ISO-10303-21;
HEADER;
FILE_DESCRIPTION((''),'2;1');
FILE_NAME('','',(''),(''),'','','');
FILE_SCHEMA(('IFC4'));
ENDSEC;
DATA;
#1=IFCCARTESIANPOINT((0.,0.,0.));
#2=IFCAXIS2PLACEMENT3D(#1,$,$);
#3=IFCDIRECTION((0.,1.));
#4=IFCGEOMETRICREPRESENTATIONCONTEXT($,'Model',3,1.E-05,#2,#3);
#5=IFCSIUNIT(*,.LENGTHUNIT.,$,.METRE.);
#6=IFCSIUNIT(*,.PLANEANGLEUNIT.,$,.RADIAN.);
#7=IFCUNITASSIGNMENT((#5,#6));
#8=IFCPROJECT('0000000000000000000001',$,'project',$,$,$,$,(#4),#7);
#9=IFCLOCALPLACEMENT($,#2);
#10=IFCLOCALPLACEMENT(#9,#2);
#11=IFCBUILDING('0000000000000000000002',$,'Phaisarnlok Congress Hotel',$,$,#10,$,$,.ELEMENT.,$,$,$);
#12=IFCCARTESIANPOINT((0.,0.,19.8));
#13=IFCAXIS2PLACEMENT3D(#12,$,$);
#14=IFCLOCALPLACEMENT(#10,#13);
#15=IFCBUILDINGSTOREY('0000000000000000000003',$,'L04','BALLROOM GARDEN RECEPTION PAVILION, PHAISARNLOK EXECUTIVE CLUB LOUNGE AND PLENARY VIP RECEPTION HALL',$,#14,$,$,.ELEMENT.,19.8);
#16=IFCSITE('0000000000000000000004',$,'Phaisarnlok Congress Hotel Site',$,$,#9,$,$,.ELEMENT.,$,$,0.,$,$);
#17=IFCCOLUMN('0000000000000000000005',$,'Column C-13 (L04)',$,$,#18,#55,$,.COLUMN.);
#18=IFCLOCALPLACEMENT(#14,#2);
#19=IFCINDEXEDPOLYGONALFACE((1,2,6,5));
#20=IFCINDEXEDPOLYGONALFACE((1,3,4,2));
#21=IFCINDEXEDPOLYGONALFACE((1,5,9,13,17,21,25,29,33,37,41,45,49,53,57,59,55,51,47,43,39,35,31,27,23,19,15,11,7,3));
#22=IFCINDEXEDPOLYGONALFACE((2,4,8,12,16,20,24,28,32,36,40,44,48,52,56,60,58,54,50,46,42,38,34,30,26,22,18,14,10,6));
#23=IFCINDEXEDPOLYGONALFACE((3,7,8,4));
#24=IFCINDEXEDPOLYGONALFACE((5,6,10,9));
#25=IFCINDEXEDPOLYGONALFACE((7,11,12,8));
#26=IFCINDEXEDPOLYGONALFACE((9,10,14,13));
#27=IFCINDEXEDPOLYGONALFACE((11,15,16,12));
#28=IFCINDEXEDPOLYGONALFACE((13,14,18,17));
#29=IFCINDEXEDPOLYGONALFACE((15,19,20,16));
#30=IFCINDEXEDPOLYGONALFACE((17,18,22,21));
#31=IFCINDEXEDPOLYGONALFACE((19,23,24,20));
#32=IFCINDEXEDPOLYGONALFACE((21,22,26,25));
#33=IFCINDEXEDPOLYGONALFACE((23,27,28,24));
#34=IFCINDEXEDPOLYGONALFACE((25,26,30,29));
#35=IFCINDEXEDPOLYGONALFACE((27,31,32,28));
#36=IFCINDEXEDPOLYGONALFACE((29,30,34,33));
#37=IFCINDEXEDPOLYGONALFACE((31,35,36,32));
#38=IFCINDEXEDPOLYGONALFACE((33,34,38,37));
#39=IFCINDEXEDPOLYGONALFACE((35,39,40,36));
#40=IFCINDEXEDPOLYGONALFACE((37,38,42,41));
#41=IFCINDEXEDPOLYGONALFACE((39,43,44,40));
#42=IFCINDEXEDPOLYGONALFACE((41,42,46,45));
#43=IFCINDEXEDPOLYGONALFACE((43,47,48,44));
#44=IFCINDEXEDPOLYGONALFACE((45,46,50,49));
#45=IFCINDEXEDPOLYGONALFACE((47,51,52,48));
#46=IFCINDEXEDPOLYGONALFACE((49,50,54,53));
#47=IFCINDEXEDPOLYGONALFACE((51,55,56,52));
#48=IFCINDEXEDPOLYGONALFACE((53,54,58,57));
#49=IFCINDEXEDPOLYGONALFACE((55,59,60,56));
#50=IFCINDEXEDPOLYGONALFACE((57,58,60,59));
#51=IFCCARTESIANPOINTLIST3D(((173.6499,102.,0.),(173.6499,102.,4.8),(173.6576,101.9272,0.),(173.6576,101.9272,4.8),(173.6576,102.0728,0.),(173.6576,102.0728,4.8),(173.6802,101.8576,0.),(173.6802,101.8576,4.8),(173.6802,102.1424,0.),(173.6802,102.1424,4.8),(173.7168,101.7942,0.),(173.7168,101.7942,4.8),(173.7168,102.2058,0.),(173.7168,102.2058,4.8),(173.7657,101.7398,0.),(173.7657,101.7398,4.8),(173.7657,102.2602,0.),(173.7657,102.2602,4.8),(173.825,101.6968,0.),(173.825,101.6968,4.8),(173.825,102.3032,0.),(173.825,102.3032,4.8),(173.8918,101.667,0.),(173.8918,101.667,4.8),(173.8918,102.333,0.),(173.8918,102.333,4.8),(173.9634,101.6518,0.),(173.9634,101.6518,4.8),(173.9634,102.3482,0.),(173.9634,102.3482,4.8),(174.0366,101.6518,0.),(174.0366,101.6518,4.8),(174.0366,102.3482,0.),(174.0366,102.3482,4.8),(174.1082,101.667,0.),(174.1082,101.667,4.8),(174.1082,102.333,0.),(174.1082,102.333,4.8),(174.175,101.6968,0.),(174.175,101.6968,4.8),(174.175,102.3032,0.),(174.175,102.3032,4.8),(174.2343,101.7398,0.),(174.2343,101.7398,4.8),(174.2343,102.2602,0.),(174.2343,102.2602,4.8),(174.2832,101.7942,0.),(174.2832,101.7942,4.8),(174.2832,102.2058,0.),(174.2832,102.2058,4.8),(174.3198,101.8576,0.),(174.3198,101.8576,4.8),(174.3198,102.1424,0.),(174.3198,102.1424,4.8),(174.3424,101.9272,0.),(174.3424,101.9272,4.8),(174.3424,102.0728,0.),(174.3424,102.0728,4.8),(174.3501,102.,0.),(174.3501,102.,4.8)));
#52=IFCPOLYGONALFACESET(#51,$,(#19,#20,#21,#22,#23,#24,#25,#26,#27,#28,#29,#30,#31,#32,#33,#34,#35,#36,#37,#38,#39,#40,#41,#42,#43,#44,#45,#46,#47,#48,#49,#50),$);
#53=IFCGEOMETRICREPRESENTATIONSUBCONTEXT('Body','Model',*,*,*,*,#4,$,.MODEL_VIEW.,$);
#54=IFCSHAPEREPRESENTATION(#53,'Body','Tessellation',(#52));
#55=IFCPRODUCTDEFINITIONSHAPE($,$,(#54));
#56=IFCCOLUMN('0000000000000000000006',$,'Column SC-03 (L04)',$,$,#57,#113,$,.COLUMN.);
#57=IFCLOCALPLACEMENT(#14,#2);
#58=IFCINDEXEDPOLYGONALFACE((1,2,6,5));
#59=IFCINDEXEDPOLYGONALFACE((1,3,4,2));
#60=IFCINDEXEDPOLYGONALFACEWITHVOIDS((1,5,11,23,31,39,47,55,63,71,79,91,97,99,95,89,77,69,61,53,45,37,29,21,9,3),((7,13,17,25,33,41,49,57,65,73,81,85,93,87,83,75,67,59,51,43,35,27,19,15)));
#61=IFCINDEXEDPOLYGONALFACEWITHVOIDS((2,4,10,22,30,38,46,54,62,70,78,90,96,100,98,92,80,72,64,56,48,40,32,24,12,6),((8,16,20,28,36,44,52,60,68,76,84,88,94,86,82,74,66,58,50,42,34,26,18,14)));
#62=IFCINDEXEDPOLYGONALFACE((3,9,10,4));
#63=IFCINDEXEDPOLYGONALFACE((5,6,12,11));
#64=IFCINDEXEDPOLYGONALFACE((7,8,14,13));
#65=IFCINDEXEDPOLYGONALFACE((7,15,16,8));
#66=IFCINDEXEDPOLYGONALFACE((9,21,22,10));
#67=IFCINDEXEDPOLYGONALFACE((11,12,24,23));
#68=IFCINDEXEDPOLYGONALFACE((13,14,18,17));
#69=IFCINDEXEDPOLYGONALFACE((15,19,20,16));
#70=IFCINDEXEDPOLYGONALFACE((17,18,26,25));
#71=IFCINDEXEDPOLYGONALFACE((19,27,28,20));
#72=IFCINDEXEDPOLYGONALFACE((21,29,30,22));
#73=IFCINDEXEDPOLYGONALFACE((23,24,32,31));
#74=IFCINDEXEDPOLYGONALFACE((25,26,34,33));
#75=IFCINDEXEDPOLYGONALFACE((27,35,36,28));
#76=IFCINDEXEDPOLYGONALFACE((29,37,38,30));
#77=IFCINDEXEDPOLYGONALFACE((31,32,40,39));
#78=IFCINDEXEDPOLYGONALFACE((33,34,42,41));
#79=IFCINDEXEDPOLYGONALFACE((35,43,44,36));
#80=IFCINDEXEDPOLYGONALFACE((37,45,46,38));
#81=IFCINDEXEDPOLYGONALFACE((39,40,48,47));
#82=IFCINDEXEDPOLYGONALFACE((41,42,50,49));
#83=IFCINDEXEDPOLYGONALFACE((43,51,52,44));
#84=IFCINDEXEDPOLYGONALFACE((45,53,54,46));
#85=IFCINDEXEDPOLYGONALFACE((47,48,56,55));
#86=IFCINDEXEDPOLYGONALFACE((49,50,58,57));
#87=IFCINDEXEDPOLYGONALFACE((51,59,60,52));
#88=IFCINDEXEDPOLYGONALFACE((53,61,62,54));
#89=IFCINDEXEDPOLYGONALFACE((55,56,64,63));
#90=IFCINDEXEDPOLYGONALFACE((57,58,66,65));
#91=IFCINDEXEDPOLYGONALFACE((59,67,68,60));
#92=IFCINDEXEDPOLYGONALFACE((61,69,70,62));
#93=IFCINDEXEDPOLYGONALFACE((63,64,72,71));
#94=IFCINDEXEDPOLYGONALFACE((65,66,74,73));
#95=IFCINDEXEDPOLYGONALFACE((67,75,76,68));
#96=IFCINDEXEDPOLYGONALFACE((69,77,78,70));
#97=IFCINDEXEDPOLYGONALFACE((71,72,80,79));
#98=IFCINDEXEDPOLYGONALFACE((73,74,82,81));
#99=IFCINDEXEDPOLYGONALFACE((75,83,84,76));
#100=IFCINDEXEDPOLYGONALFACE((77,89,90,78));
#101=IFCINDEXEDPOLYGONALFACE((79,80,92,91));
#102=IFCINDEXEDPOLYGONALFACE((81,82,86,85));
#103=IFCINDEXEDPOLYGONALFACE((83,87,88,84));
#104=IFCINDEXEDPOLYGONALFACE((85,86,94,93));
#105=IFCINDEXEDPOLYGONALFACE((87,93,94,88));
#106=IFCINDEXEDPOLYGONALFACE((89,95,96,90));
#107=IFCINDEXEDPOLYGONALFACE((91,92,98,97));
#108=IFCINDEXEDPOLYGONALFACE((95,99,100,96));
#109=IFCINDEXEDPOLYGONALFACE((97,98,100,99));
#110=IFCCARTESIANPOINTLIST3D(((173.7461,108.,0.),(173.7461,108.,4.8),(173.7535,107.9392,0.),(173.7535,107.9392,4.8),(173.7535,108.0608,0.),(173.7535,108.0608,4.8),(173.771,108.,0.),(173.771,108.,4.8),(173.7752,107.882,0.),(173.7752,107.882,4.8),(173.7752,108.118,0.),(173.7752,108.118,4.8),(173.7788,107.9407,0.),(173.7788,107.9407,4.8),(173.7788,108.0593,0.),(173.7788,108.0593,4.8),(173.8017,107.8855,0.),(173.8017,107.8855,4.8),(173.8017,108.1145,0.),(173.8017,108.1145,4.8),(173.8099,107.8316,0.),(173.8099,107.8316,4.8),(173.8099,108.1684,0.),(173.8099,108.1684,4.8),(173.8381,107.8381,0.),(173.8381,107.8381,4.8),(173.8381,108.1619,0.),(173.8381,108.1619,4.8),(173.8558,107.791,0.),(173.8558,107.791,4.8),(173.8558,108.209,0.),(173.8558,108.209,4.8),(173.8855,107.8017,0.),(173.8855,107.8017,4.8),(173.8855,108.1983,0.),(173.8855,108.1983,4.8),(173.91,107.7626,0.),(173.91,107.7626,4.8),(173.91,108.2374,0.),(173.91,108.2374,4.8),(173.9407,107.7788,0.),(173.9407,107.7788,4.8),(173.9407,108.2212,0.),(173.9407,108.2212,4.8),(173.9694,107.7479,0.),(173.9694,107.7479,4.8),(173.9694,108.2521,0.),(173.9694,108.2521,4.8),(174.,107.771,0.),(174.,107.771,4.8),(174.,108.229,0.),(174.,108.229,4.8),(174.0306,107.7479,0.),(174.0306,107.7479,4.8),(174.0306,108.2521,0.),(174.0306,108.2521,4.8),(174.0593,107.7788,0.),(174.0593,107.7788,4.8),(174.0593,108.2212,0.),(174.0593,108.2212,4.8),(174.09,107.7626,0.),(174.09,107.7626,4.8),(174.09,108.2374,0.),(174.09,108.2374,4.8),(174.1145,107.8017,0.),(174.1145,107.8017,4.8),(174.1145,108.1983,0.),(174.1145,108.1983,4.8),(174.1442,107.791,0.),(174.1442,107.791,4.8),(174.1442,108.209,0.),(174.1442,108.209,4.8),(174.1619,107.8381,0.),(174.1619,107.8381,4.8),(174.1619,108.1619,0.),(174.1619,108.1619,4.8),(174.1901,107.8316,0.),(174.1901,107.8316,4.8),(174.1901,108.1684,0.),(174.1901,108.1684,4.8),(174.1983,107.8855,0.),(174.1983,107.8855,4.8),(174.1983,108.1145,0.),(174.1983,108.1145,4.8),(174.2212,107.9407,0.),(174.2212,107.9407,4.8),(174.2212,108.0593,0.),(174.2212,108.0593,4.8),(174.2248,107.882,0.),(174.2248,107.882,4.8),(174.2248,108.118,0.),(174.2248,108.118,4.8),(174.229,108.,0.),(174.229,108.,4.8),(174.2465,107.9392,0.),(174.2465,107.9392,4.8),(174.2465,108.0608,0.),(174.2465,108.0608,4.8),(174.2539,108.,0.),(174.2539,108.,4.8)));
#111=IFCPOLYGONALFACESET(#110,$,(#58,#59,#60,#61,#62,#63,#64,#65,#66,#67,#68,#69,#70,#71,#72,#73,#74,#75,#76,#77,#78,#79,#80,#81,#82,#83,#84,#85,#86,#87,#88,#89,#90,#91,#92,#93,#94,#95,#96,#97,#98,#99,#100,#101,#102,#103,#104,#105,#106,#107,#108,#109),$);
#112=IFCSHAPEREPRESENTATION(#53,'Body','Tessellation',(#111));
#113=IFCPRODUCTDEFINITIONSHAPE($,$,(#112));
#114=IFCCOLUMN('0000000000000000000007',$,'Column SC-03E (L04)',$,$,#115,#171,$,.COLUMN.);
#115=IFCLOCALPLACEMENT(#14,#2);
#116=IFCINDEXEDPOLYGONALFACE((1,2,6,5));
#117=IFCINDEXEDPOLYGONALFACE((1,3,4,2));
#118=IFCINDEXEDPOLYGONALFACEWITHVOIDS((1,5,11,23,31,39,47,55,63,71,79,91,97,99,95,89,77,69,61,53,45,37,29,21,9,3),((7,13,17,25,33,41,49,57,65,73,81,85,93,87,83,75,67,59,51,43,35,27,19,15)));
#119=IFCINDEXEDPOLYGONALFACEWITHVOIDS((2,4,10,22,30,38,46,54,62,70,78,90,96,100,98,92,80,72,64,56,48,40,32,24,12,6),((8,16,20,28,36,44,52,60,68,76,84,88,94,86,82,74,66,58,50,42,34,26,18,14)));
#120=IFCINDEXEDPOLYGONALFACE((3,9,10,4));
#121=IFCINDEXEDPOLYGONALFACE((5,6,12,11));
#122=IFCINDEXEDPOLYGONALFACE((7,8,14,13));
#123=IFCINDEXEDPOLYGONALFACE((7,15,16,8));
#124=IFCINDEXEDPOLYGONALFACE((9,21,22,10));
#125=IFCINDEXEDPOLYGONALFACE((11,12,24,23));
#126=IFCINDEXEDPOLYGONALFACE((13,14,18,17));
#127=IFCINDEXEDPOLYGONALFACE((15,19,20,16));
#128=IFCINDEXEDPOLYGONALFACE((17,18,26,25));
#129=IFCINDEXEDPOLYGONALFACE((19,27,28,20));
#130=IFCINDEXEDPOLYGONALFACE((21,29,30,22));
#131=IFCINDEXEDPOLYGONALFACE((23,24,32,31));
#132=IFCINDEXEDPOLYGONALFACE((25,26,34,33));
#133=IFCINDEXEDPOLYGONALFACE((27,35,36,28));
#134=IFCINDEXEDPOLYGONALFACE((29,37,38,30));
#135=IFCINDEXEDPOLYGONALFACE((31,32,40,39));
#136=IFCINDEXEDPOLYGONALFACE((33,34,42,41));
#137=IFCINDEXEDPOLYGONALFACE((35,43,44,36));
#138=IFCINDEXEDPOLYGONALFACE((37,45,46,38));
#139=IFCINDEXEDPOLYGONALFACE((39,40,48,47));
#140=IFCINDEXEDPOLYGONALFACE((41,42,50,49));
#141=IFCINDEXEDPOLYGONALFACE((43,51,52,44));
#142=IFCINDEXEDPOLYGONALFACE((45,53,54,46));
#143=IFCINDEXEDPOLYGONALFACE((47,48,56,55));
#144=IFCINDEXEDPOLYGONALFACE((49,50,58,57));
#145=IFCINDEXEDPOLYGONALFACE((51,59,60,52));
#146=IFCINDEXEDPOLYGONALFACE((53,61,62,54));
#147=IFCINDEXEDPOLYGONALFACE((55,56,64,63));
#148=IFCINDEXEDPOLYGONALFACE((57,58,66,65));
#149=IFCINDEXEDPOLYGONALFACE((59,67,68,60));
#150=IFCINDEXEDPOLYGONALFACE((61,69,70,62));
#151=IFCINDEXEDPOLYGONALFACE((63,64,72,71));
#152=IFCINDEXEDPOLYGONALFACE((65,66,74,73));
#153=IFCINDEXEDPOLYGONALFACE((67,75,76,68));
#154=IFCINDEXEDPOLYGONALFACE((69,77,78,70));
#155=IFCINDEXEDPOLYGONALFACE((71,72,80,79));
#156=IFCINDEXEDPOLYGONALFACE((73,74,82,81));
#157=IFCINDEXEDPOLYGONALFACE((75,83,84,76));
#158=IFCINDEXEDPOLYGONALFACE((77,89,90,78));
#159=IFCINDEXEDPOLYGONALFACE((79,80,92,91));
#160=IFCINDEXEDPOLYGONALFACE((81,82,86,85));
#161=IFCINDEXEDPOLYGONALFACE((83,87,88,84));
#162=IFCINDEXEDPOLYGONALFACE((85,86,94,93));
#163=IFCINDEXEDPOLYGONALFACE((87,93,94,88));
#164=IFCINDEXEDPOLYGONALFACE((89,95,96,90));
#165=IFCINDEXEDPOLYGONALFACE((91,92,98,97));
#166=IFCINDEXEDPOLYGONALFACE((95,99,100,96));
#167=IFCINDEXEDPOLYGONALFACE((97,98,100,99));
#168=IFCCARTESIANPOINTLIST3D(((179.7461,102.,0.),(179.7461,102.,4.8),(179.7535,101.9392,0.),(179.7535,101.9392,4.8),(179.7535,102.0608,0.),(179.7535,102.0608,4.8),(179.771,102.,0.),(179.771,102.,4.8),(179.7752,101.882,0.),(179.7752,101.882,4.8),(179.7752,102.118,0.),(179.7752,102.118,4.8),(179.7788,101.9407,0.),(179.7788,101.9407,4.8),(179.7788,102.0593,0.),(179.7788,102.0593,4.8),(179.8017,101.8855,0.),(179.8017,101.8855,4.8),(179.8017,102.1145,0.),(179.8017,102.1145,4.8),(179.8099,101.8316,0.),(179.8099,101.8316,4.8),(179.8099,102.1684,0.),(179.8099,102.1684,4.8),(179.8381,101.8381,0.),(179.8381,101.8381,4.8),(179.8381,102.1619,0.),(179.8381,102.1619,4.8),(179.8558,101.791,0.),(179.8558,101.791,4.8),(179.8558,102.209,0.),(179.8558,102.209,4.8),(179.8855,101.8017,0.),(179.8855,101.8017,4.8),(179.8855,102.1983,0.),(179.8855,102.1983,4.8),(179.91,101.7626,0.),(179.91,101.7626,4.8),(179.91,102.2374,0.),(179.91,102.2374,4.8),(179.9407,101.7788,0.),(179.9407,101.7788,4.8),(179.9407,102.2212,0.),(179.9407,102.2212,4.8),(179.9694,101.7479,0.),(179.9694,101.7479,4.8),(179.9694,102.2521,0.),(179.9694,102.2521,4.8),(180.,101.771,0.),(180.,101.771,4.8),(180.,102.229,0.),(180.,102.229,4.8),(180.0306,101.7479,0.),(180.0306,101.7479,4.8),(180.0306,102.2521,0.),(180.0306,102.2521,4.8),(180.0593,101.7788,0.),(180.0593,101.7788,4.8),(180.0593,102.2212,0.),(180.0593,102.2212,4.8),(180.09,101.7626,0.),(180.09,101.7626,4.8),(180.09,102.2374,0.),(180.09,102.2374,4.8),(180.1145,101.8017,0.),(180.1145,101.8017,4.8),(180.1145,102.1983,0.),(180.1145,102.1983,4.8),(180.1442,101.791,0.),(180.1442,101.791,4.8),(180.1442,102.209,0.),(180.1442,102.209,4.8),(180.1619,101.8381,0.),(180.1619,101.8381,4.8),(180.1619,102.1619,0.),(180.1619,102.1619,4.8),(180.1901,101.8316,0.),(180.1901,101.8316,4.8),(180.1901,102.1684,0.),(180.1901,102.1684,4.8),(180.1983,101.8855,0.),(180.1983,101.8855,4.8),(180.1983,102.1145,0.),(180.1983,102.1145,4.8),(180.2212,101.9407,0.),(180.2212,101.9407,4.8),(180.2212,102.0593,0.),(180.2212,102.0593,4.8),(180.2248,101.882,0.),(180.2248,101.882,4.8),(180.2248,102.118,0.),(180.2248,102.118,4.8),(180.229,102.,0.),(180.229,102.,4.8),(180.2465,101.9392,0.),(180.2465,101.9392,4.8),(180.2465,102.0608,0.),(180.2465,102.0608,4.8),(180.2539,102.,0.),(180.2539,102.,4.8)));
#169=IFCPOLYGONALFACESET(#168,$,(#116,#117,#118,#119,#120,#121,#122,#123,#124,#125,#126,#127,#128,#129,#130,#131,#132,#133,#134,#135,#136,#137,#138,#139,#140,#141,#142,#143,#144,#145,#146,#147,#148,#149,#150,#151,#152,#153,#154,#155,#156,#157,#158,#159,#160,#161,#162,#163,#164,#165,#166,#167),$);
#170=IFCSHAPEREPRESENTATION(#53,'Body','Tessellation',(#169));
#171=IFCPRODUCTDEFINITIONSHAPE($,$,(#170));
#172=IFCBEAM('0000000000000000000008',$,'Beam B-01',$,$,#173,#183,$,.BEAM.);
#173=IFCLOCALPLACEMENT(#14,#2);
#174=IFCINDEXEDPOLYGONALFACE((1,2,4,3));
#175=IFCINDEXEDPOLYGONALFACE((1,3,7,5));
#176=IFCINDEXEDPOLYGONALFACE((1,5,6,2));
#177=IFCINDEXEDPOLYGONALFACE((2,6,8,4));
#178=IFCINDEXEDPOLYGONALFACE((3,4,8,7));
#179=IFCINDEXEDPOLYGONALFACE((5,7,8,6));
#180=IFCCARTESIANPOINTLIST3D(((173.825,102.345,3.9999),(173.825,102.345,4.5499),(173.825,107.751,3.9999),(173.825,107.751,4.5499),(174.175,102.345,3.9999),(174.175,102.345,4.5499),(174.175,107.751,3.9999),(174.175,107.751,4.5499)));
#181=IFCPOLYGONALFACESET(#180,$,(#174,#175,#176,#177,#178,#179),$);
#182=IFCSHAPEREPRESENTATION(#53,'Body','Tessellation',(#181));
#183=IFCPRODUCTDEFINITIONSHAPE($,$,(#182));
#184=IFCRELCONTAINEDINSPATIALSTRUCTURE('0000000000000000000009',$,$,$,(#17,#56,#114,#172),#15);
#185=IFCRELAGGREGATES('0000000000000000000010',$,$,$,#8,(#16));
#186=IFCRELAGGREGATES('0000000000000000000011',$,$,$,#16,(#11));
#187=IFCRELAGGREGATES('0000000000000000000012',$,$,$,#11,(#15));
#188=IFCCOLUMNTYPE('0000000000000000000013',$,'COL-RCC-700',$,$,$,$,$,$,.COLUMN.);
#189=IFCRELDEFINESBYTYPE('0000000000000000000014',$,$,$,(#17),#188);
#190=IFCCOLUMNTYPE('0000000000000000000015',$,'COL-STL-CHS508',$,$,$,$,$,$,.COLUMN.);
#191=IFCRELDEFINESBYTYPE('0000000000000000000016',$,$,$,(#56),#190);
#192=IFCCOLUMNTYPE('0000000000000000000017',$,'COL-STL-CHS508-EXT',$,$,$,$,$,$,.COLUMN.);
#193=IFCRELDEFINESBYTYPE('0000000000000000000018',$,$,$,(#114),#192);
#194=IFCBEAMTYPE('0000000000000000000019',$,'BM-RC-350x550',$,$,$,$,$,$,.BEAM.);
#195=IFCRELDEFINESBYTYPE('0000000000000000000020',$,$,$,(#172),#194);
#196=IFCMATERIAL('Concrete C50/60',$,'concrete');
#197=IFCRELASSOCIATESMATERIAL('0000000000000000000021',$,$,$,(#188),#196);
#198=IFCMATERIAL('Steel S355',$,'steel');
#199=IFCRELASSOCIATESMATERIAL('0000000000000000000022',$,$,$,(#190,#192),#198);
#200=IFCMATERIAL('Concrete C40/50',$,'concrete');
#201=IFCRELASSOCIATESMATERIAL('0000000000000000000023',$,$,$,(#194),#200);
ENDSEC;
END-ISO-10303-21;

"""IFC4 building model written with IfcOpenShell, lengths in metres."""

from ifc_helpers import new_model, si_unit, direction, frame, origin, origin_2d, place, context, subcontext, project, spatial, rectangle, circle, hollow_circle, extrude, material, material_profile, profile_set, type_object, element, save


model = new_model("IFC4")

# Units and contexts
model_context = context("Model", 3, precision=1e-05, world=origin(), true_north=direction((0.0, 1.0)))
body_context = subcontext(model_context, "Body", "Model", "MODEL_VIEW")
ifc_project = project(units=[si_unit("LENGTHUNIT", "METRE"), si_unit("PLANEANGLEUNIT", "RADIAN")], contexts=[model_context])

# Site, building, storey
site_placement = place(None, origin())
site = spatial("IfcSite", under=ifc_project, at=site_placement, Name="Phaisarnlok Congress Hotel Site", CompositionType="ELEMENT", RefElevation=0.0)
building_placement = place(site_placement, origin())
building = spatial("IfcBuilding", under=site, at=building_placement, Name="Phaisarnlok Congress Hotel", CompositionType="ELEMENT")
storey_placement = place(building_placement, frame((0.0, 0.0, 19.8)))
storey = spatial("IfcBuildingStorey", under=building, at=storey_placement, Name="L04", Description="BALLROOM GARDEN RECEPTION PAVILION, PHAISARNLOK EXECUTIVE CLUB LOUNGE AND PLENARY VIP RECEPTION HALL", CompositionType="ELEMENT", Elevation=19.8)

# Columns
ifc_material_1 = material(Name="Concrete C50/60", Category="concrete")
ifc_material_profile_1 = material_profile(ifc_material_1, circle(Radius=0.3501, at=origin_2d()), Name="RCC D700")
ifc_profile_set_1 = profile_set([ifc_material_profile_1], Name="Concrete C50/60")
column_type_1 = type_object("IfcColumnType", Name="COL-RCC-700", PredefinedType="COLUMN", material=ifc_profile_set_1)
column_1_placement = place(storey_placement, frame((174.0, 102.0, 0.0), z_axis=(0.0, 0.0, 1.0), x_axis=(1.0, 0.0, 0.0)))
element("IfcColumn", 1, at=column_1_placement, inside=storey, type_object=column_type_1, Name="Column C-13 (L04)", PredefinedType="COLUMN", context=body_context, shape_type="SweptSolid", body=[
    extrude(circle(Radius=0.3501, at=origin_2d()), origin(), (0.0, 0.0, 1.0), 4.8),
])
ifc_material_2 = material(Name="Steel S355", Category="steel")
ifc_material_profile_2 = material_profile(ifc_material_2, hollow_circle(Radius=0.2539, WallThickness=0.0249, at=origin_2d()), Name="CHS 508x25")
ifc_profile_set_2 = profile_set([ifc_material_profile_2], Name="Steel S355")
column_type_2 = type_object("IfcColumnType", Name="COL-STL-CHS508", PredefinedType="COLUMN", material=ifc_profile_set_2)
column_2_placement = place(storey_placement, frame((174.0, 108.0, 0.0), z_axis=(0.0, 0.0, 1.0), x_axis=(1.0, 0.0, 0.0)))
element("IfcColumn", 2, at=column_2_placement, inside=storey, type_object=column_type_2, Name="Column SC-03 (L04)", PredefinedType="COLUMN", context=body_context, shape_type="SweptSolid", body=[
    extrude(hollow_circle(Radius=0.2539, WallThickness=0.0249, at=origin_2d()), origin(), (0.0, 0.0, 1.0), 4.8),
])
ifc_material_profile_3 = material_profile(ifc_material_2, hollow_circle(Radius=0.2539, WallThickness=0.0249, at=origin_2d()), Name="CHS 508x25")
ifc_profile_set_3 = profile_set([ifc_material_profile_3], Name="Steel S355")
column_type_3 = type_object("IfcColumnType", Name="COL-STL-CHS508-EXT", PredefinedType="COLUMN", material=ifc_profile_set_3)
column_3_placement = place(storey_placement, frame((180.0, 102.0, 0.0), z_axis=(0.0, 0.0, 1.0), x_axis=(1.0, 0.0, 0.0)))
element("IfcColumn", 3, at=column_3_placement, inside=storey, type_object=column_type_3, Name="Column SC-03E (L04)", PredefinedType="COLUMN", context=body_context, shape_type="SweptSolid", body=[
    extrude(hollow_circle(Radius=0.2539, WallThickness=0.0249, at=origin_2d()), origin(), (0.0, 0.0, 1.0), 4.8),
])

# Beam
ifc_material_3 = material(Name="Concrete C40/50", Category="concrete")
ifc_material_profile_4 = material_profile(ifc_material_3, rectangle(XDim=0.3501, YDim=0.55, at=origin_2d()), Name="RC 350x550")
ifc_profile_set_4 = profile_set([ifc_material_profile_4], Name="Concrete C40/50")
beam_type_1 = type_object("IfcBeamType", Name="BM-RC-350x550", PredefinedType="BEAM", material=ifc_profile_set_4)
beam_1_placement = place(storey_placement, frame((174.0, 102.345, 4.2749), z_axis=(0.0, 1.0, 0.0), x_axis=(-1.0, 0.0, 0.0)))
element("IfcBeam", 4, at=beam_1_placement, inside=storey, type_object=beam_type_1, Name="Beam B-01", PredefinedType="BEAM", context=body_context, shape_type="SweptSolid", body=[
    extrude(rectangle(XDim=0.3501, YDim=0.55, at=origin_2d()), origin(), (0.0, 0.0, 1.0), 5.406),
])

save(model, "model.ifc")
